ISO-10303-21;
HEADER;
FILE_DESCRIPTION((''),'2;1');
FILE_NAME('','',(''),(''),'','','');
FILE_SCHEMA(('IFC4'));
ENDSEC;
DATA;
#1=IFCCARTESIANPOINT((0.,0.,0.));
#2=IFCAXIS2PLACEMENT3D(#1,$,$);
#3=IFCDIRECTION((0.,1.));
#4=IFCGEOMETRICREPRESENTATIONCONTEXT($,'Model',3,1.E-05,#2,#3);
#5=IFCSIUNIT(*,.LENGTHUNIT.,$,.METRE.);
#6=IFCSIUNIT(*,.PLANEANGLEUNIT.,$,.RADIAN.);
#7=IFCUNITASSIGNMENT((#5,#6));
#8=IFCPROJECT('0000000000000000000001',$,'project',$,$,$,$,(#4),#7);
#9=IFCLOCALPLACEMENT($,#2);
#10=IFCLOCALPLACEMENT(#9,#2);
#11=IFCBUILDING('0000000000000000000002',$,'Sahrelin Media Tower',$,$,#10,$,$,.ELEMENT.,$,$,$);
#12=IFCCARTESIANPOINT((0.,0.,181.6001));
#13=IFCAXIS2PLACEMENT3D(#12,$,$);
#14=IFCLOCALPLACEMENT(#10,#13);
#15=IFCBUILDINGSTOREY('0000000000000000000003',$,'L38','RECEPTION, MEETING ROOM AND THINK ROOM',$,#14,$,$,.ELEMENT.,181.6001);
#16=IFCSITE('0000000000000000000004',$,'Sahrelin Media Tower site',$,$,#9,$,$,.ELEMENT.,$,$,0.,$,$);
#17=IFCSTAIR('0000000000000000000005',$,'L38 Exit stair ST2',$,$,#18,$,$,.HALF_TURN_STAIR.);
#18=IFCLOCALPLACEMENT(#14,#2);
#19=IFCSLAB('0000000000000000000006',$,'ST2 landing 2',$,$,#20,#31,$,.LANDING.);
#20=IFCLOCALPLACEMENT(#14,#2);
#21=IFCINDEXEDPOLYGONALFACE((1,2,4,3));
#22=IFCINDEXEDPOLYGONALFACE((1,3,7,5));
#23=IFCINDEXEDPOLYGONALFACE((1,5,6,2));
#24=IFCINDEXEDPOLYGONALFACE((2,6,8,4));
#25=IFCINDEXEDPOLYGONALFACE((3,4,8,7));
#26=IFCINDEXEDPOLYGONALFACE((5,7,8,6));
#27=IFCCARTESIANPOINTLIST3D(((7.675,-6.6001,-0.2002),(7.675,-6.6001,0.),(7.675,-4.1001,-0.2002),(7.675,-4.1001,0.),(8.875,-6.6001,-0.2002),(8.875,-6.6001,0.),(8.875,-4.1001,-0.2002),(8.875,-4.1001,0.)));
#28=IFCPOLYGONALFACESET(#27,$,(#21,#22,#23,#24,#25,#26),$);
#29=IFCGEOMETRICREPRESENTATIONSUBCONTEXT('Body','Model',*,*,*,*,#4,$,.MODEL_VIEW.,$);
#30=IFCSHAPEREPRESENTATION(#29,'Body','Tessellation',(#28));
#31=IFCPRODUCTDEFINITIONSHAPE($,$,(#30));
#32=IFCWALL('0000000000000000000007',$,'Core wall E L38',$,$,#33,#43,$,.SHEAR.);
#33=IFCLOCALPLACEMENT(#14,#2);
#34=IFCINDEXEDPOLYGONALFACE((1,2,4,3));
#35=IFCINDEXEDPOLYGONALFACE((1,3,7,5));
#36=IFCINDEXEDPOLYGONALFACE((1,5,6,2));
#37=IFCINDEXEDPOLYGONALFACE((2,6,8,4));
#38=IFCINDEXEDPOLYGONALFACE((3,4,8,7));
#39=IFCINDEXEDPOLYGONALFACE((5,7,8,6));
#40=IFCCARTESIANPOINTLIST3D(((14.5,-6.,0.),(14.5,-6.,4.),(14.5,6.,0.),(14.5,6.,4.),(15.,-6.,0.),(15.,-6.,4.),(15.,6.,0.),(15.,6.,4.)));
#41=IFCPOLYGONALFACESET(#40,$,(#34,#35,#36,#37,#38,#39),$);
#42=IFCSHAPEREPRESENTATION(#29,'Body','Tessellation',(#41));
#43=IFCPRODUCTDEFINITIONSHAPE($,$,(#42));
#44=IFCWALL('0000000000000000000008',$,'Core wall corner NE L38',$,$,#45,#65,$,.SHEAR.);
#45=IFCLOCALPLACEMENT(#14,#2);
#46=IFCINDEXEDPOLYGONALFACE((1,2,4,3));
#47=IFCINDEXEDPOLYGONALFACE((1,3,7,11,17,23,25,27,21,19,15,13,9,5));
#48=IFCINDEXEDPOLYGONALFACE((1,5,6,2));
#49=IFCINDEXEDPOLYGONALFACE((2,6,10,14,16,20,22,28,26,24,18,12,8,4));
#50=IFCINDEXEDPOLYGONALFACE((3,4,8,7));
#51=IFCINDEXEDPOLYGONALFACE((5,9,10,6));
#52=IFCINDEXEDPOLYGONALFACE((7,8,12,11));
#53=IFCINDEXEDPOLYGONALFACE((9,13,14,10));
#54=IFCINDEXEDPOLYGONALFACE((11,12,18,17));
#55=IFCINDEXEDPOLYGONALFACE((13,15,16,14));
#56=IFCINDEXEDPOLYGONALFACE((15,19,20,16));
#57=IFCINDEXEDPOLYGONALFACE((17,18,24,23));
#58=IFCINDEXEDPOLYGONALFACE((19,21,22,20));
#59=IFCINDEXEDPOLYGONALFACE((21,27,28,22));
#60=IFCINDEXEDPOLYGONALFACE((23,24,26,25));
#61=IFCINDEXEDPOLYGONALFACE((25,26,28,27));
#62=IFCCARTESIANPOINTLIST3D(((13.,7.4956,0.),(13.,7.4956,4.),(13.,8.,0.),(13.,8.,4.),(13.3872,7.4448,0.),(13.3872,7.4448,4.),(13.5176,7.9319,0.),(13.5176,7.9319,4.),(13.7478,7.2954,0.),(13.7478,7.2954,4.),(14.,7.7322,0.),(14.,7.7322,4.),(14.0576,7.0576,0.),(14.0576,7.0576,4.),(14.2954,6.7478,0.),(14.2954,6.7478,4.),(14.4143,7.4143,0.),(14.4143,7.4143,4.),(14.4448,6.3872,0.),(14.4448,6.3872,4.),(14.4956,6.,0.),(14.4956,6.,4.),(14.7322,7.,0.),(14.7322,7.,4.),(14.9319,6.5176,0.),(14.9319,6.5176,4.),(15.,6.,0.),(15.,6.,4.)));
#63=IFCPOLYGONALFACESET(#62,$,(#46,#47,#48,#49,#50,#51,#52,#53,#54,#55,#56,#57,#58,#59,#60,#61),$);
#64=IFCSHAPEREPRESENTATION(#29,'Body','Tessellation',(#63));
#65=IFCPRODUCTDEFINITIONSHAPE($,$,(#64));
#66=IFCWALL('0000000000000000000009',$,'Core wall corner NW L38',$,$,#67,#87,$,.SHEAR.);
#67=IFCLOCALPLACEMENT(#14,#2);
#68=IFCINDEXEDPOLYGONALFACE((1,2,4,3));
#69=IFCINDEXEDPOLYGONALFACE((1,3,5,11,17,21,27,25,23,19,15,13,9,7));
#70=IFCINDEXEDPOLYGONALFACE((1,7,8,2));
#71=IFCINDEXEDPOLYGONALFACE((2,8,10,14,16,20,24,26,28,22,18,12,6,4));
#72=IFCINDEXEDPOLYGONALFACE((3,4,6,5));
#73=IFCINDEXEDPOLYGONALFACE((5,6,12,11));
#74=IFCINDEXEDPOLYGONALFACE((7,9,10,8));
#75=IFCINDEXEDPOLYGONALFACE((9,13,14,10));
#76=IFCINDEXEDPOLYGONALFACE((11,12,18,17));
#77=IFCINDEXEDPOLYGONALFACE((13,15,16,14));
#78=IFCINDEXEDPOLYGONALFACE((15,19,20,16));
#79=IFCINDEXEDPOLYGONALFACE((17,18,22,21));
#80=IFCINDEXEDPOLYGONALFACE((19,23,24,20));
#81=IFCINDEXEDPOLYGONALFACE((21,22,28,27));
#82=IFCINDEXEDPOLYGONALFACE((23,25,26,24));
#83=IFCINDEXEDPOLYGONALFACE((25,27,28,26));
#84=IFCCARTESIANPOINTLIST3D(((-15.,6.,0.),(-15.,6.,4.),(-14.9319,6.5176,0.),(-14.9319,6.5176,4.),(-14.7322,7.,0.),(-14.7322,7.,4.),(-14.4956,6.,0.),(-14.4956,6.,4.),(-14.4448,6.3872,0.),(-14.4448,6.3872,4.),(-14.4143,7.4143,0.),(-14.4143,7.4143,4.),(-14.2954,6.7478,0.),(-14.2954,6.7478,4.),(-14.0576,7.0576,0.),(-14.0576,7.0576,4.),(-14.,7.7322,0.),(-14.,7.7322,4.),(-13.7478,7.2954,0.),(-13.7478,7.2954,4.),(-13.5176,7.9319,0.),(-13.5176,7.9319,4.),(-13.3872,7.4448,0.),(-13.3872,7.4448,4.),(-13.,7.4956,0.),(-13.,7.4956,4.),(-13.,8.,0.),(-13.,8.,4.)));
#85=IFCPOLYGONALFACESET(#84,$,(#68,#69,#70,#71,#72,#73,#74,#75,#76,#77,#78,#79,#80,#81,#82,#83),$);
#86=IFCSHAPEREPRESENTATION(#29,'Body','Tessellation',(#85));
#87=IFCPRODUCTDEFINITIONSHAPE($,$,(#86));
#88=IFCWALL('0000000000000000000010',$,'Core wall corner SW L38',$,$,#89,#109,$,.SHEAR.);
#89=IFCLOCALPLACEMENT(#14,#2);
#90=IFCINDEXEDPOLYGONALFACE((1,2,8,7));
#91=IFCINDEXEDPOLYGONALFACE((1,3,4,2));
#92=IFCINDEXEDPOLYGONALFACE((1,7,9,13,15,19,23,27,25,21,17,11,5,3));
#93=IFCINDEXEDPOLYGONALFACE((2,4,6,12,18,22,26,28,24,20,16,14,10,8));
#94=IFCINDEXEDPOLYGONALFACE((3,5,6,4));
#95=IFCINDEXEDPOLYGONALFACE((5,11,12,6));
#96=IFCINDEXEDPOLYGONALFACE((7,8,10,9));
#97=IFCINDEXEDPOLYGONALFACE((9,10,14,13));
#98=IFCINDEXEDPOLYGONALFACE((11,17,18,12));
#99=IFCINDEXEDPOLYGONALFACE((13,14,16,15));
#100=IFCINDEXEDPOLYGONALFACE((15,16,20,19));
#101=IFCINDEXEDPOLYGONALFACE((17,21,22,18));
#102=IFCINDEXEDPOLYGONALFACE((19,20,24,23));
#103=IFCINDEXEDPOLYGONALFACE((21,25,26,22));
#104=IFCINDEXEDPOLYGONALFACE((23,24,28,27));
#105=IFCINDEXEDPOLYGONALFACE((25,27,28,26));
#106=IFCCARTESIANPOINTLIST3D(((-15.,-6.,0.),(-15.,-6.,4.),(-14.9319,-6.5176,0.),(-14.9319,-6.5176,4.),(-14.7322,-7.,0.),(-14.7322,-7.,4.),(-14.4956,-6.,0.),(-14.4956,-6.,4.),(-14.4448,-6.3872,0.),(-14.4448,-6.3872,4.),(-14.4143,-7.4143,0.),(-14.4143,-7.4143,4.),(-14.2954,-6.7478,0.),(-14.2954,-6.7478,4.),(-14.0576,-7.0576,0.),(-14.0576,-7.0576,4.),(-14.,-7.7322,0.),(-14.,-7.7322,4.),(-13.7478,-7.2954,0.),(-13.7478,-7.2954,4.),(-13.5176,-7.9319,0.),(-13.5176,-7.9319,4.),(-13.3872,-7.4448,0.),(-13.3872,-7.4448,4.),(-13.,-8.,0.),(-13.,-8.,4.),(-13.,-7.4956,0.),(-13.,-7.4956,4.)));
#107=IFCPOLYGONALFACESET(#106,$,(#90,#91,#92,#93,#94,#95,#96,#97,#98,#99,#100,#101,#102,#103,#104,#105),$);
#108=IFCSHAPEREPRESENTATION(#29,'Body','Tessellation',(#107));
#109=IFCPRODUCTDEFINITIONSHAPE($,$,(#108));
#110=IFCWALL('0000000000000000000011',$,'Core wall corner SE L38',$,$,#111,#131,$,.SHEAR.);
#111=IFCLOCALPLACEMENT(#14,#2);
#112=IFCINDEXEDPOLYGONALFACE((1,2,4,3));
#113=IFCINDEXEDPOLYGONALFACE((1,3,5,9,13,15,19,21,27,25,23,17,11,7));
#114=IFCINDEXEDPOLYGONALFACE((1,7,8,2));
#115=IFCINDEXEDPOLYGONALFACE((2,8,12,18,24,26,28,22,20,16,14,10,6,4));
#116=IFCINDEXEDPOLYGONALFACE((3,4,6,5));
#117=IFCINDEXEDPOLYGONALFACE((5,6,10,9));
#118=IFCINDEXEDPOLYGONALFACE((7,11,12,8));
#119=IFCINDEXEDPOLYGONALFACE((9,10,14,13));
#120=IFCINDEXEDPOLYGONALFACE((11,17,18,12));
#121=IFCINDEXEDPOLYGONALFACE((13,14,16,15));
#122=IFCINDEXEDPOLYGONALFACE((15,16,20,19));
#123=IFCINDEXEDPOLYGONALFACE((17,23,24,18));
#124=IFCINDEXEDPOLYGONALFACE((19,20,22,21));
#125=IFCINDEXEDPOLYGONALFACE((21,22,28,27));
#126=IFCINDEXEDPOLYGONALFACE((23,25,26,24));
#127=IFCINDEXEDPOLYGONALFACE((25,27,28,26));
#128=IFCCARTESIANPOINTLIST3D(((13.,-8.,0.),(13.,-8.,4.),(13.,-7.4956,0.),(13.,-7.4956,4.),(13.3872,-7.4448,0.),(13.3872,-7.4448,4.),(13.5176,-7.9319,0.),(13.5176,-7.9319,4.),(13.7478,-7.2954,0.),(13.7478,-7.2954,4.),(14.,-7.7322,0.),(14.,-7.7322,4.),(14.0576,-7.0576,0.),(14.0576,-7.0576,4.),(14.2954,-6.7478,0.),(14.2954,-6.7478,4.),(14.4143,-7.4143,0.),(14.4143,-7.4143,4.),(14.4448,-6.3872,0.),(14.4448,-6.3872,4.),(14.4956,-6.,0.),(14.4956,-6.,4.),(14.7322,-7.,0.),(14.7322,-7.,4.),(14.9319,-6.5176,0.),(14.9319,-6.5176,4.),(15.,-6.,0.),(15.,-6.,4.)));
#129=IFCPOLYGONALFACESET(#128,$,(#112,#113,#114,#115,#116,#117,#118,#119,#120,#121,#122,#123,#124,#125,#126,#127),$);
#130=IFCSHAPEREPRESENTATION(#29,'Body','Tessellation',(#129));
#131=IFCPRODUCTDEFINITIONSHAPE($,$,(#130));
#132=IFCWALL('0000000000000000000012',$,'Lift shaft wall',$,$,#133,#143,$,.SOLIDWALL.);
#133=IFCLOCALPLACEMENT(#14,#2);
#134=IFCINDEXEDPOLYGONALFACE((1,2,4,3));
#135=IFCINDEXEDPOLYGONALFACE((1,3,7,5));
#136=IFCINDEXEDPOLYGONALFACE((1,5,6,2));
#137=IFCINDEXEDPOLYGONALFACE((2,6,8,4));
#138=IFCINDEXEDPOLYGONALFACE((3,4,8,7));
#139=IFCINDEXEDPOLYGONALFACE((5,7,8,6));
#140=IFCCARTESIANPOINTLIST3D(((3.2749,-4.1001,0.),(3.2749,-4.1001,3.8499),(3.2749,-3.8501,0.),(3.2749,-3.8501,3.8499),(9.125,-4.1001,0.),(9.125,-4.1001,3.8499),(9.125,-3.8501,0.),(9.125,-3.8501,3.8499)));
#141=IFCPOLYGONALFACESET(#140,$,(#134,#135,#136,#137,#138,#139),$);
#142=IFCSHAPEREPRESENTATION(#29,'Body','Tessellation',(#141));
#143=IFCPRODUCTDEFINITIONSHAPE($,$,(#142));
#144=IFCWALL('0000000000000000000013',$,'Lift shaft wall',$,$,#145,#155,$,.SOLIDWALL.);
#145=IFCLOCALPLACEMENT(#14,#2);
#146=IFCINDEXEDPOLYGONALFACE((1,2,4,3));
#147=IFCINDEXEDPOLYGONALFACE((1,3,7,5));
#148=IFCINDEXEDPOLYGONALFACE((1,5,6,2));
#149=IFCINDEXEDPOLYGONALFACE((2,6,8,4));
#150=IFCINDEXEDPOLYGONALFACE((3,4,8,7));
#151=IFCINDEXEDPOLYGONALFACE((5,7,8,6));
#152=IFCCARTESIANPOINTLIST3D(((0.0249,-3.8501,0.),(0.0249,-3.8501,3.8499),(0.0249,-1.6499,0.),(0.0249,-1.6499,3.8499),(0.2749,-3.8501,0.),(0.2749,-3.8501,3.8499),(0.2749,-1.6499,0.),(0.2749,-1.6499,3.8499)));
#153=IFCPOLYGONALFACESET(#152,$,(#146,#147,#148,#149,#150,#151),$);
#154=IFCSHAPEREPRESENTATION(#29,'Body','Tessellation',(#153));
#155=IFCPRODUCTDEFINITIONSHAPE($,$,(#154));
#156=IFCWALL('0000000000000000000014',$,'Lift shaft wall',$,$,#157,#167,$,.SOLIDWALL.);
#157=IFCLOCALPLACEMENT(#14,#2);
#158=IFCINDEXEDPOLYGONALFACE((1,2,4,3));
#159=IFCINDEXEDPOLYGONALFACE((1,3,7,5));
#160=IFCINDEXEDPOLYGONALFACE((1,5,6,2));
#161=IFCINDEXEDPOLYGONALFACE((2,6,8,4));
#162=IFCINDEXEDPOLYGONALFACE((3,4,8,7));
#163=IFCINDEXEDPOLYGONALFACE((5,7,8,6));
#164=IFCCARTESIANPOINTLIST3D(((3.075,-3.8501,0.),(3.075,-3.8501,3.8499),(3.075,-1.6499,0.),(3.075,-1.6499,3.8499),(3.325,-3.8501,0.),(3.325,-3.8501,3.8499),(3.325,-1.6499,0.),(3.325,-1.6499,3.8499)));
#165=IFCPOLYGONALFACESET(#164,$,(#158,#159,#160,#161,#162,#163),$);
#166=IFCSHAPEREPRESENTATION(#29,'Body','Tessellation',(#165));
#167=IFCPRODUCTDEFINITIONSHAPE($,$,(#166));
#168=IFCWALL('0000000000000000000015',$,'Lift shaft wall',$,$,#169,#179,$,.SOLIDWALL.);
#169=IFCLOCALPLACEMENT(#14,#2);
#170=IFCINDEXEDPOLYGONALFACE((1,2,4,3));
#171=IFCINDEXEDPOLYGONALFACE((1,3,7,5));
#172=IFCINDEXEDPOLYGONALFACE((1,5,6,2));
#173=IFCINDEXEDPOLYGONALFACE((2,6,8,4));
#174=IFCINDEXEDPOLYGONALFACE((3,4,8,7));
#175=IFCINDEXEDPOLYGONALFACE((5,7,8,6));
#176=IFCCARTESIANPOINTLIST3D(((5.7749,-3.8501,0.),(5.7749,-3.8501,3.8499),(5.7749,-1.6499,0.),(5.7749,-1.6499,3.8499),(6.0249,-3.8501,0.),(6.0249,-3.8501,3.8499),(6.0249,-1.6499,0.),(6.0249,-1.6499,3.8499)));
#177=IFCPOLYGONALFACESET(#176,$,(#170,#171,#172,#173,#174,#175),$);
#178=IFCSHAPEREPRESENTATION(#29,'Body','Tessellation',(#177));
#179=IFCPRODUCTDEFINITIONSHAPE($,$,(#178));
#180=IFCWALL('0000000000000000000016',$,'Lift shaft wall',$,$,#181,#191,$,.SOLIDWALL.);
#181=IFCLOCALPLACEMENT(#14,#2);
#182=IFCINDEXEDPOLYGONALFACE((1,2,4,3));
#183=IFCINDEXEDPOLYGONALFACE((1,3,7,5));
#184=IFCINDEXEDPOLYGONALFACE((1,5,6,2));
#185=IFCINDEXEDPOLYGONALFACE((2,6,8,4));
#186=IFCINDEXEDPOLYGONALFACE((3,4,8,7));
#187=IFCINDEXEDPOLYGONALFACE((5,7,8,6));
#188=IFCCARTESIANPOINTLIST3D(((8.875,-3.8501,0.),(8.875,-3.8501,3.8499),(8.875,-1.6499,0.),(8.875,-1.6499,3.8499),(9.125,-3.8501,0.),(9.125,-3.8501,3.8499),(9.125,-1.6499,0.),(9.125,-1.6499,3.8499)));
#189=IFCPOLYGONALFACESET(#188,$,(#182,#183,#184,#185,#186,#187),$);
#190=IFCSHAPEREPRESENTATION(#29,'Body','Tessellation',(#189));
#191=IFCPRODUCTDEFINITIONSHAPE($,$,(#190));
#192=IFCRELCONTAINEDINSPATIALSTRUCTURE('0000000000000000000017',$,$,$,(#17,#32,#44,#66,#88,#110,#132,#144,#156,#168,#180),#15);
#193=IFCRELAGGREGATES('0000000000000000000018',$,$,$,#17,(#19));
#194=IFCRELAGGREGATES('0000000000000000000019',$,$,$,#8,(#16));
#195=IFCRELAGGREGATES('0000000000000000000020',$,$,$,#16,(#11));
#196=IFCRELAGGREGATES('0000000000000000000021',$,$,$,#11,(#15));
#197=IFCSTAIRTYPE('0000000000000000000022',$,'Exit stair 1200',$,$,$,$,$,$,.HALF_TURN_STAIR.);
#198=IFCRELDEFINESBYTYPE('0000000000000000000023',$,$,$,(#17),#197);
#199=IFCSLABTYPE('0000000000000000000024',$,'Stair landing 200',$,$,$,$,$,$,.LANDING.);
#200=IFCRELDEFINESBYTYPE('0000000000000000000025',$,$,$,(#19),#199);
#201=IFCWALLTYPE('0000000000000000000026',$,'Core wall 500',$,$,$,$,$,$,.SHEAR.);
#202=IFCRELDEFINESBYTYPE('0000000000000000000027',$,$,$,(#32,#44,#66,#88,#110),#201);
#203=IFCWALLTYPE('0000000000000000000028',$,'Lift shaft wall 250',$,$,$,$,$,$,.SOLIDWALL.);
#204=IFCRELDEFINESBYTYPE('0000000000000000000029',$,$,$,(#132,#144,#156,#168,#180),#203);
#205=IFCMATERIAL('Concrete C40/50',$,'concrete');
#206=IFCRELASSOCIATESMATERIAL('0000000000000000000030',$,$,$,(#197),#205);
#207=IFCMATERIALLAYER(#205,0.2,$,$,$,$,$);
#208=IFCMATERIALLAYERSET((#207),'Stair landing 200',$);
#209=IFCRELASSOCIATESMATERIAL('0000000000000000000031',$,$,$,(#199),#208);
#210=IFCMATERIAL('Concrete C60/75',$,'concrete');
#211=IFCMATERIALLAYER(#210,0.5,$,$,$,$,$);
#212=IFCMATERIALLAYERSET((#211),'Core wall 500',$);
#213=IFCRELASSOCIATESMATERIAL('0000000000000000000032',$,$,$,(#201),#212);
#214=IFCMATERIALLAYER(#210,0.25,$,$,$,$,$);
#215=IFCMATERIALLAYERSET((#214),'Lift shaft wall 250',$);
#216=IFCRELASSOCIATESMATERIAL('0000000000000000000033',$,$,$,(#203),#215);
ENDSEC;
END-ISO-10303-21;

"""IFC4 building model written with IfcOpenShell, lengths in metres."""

from ifc_helpers import new_model, si_unit, direction, frame, frame_2d, origin, place, context, subcontext, project, spatial, polyline, rectangle, outline, extrude, material, layer, layer_set, type_object, element, aggregate, save


model = new_model("IFC4")

# Units and contexts
model_context = context("Model", 3, precision=1e-05, world=origin(), true_north=direction((0.0, 1.0)))
body_context = subcontext(model_context, "Body", "Model", "MODEL_VIEW")
ifc_project = project(units=[si_unit("LENGTHUNIT", "METRE"), si_unit("PLANEANGLEUNIT", "RADIAN")], contexts=[model_context])

# Site, building, storey
site_placement = place(None, origin())
site = spatial("IfcSite", under=ifc_project, at=site_placement, Name="Sahrelin Media Tower site", CompositionType="ELEMENT", RefElevation=0.0)
building_placement = place(site_placement, origin())
building = spatial("IfcBuilding", under=site, at=building_placement, Name="Sahrelin Media Tower", CompositionType="ELEMENT")
storey_placement = place(building_placement, frame((0.0, 0.0, 181.6001)))
storey = spatial("IfcBuildingStorey", under=building, at=storey_placement, Name="L38", Description="RECEPTION, MEETING ROOM AND THINK ROOM", CompositionType="ELEMENT", Elevation=181.6001)

# Shared definitions
ifc_material_1 = material(Name="Concrete C40/50", Category="concrete")

# Stair, slab
stair_type = type_object("IfcStairType", Name="Exit stair 1200", PredefinedType="HALF_TURN_STAIR", material=ifc_material_1)
placement_1 = place(storey_placement, origin())
ifc_layer_1 = layer(ifc_material_1, 0.2)
ifc_layer_set_1 = layer_set([ifc_layer_1], Name="Stair landing 200")
slab_type_1 = type_object("IfcSlabType", Name="Stair landing 200", PredefinedType="LANDING", material=ifc_layer_set_1)
placement_2 = place(storey_placement, frame((0.0, 0.0, -0.2002)))
stair_1 = element("IfcStair", 1, at=placement_1, inside=storey, type_object=stair_type, Name="L38 Exit stair ST2", PredefinedType="HALF_TURN_STAIR")
slab_1 = element("IfcSlab", 2, at=placement_2, type_object=slab_type_1, Name="ST2 landing 2", PredefinedType="LANDING", context=body_context, shape_type="SweptSolid", body=[
    extrude(outline(polyline([(8.875, -4.1001), (7.675, -4.1001), (7.675, -6.6001), (8.875, -6.6001), (8.875, -4.1001)])), origin(), (0.0, 0.0, 1.0), 0.2002),
])
aggregate(stair_1, [slab_1])

# Walls
ifc_material_2 = material(Name="Concrete C60/75", Category="concrete")
ifc_layer_2 = layer(ifc_material_2, 0.5)
ifc_layer_set_2 = layer_set([ifc_layer_2], Name="Core wall 500")
wall_type_1 = type_object("IfcWallType", Name="Core wall 500", PredefinedType="SHEAR", material=ifc_layer_set_2)
wall_1_placement = place(storey_placement, frame((14.75, -6.0, 0.0), z_axis=(0.0, 0.0, 1.0), x_axis=(0.0, 1.0, 0.0)))
element("IfcWall", 3, at=wall_1_placement, inside=storey, type_object=wall_type_1, Name="Core wall E L38", PredefinedType="SHEAR", context=body_context, shape_type="SweptSolid", body=[
    extrude(rectangle(XDim=12.0, YDim=0.5, at=frame_2d((6.0, 0.0))), origin(), (0.0, 0.0, 1.0), 4.0),
])
element("IfcWall", 4, at=placement_1, inside=storey, type_object=wall_type_1, Name="Core wall corner NE L38", PredefinedType="SHEAR", context=body_context, shape_type="SweptSolid", body=[
    extrude(outline(polyline([(13.0, 8.0), (13.0, 7.4956), (13.3872, 7.4448), (13.7478, 7.2954), (14.0576, 7.0576), (14.2954, 6.7478), (14.4448, 6.3872), (14.4956, 6.0), (15.0, 6.0), (14.9319, 6.5176), (14.7322, 7.0), (14.4143, 7.4143), (14.0, 7.7322), (13.5176, 7.9319), (13.0, 8.0)])), origin(), (0.0, 0.0, 1.0), 4.0),
])
element("IfcWall", 5, at=placement_1, inside=storey, type_object=wall_type_1, Name="Core wall corner NW L38", PredefinedType="SHEAR", context=body_context, shape_type="SweptSolid", body=[
    extrude(outline(polyline([(-15.0, 6.0), (-14.4956, 6.0), (-14.4448, 6.3872), (-14.2954, 6.7478), (-14.0576, 7.0576), (-13.7478, 7.2954), (-13.3872, 7.4448), (-13.0, 7.4956), (-13.0, 8.0), (-13.5176, 7.9319), (-14.0, 7.7322), (-14.4143, 7.4143), (-14.7322, 7.0), (-14.9319, 6.5176), (-15.0, 6.0)])), origin(), (0.0, 0.0, 1.0), 4.0),
])
element("IfcWall", 6, at=placement_1, inside=storey, type_object=wall_type_1, Name="Core wall corner SW L38", PredefinedType="SHEAR", context=body_context, shape_type="SweptSolid", body=[
    extrude(outline(polyline([(-13.0, -8.0), (-13.0, -7.4956), (-13.3872, -7.4448), (-13.7478, -7.2954), (-14.0576, -7.0576), (-14.2954, -6.7478), (-14.4448, -6.3872), (-14.4956, -6.0), (-15.0, -6.0), (-14.9319, -6.5176), (-14.7322, -7.0), (-14.4143, -7.4143), (-14.0, -7.7322), (-13.5176, -7.9319), (-13.0, -8.0)])), origin(), (0.0, 0.0, 1.0), 4.0),
])
element("IfcWall", 7, at=placement_1, inside=storey, type_object=wall_type_1, Name="Core wall corner SE L38", PredefinedType="SHEAR", context=body_context, shape_type="SweptSolid", body=[
    extrude(outline(polyline([(15.0, -6.0), (14.4956, -6.0), (14.4448, -6.3872), (14.2954, -6.7478), (14.0576, -7.0576), (13.7478, -7.2954), (13.3872, -7.4448), (13.0, -7.4956), (13.0, -8.0), (13.5176, -7.9319), (14.0, -7.7322), (14.4143, -7.4143), (14.7322, -7.0), (14.9319, -6.5176), (15.0, -6.0)])), origin(), (0.0, 0.0, 1.0), 4.0),
])
ifc_layer_3 = layer(ifc_material_2, 0.25)
ifc_layer_set_3 = layer_set([ifc_layer_3], Name="Lift shaft wall 250")
wall_type_2 = type_object("IfcWallType", Name="Lift shaft wall 250", PredefinedType="SOLIDWALL", material=ifc_layer_set_3)
wall_2_placement = place(storey_placement, frame((3.2749, -3.9751, 0.0), z_axis=(0.0, 0.0, 1.0), x_axis=(1.0, 0.0, 0.0)))
element("IfcWall", 8, at=wall_2_placement, inside=storey, type_object=wall_type_2, Name="Lift shaft wall", PredefinedType="SOLIDWALL", context=body_context, shape_type="SweptSolid", body=[
    extrude(rectangle(XDim=5.8501, YDim=0.25, at=frame_2d((2.925, 0.0))), origin(), (0.0, 0.0, 1.0), 3.8499),
])
for number, where, z_axis, x_axis, name in (
    (9, (0.1499, -3.8501, 0.0), (0.0, 0.0, 1.0), (0.0, 1.0, 0.0), "Lift shaft wall"),
    (10, (3.2, -3.8501, 0.0), (0.0, 0.0, 1.0), (0.0, 1.0, 0.0), "Lift shaft wall"),
    (11, (5.8999, -3.8501, 0.0), (0.0, 0.0, 1.0), (0.0, 1.0, 0.0), "Lift shaft wall"),
    (12, (9.0, -3.8501, 0.0), (0.0, 0.0, 1.0), (0.0, 1.0, 0.0), "Lift shaft wall"),
):
    element("IfcWall", number, at=place(storey_placement, frame(where, z_axis=z_axis, x_axis=x_axis)), inside=storey, type_object=wall_type_2, Name=name, PredefinedType="SOLIDWALL", context=body_context, shape_type="SweptSolid", body=[
        extrude(rectangle(XDim=2.2002, YDim=0.25, at=frame_2d((1.1001, 0.0))), origin(), (0.0, 0.0, 1.0), 3.8499),
    ])

save(model, "model.ifc")
